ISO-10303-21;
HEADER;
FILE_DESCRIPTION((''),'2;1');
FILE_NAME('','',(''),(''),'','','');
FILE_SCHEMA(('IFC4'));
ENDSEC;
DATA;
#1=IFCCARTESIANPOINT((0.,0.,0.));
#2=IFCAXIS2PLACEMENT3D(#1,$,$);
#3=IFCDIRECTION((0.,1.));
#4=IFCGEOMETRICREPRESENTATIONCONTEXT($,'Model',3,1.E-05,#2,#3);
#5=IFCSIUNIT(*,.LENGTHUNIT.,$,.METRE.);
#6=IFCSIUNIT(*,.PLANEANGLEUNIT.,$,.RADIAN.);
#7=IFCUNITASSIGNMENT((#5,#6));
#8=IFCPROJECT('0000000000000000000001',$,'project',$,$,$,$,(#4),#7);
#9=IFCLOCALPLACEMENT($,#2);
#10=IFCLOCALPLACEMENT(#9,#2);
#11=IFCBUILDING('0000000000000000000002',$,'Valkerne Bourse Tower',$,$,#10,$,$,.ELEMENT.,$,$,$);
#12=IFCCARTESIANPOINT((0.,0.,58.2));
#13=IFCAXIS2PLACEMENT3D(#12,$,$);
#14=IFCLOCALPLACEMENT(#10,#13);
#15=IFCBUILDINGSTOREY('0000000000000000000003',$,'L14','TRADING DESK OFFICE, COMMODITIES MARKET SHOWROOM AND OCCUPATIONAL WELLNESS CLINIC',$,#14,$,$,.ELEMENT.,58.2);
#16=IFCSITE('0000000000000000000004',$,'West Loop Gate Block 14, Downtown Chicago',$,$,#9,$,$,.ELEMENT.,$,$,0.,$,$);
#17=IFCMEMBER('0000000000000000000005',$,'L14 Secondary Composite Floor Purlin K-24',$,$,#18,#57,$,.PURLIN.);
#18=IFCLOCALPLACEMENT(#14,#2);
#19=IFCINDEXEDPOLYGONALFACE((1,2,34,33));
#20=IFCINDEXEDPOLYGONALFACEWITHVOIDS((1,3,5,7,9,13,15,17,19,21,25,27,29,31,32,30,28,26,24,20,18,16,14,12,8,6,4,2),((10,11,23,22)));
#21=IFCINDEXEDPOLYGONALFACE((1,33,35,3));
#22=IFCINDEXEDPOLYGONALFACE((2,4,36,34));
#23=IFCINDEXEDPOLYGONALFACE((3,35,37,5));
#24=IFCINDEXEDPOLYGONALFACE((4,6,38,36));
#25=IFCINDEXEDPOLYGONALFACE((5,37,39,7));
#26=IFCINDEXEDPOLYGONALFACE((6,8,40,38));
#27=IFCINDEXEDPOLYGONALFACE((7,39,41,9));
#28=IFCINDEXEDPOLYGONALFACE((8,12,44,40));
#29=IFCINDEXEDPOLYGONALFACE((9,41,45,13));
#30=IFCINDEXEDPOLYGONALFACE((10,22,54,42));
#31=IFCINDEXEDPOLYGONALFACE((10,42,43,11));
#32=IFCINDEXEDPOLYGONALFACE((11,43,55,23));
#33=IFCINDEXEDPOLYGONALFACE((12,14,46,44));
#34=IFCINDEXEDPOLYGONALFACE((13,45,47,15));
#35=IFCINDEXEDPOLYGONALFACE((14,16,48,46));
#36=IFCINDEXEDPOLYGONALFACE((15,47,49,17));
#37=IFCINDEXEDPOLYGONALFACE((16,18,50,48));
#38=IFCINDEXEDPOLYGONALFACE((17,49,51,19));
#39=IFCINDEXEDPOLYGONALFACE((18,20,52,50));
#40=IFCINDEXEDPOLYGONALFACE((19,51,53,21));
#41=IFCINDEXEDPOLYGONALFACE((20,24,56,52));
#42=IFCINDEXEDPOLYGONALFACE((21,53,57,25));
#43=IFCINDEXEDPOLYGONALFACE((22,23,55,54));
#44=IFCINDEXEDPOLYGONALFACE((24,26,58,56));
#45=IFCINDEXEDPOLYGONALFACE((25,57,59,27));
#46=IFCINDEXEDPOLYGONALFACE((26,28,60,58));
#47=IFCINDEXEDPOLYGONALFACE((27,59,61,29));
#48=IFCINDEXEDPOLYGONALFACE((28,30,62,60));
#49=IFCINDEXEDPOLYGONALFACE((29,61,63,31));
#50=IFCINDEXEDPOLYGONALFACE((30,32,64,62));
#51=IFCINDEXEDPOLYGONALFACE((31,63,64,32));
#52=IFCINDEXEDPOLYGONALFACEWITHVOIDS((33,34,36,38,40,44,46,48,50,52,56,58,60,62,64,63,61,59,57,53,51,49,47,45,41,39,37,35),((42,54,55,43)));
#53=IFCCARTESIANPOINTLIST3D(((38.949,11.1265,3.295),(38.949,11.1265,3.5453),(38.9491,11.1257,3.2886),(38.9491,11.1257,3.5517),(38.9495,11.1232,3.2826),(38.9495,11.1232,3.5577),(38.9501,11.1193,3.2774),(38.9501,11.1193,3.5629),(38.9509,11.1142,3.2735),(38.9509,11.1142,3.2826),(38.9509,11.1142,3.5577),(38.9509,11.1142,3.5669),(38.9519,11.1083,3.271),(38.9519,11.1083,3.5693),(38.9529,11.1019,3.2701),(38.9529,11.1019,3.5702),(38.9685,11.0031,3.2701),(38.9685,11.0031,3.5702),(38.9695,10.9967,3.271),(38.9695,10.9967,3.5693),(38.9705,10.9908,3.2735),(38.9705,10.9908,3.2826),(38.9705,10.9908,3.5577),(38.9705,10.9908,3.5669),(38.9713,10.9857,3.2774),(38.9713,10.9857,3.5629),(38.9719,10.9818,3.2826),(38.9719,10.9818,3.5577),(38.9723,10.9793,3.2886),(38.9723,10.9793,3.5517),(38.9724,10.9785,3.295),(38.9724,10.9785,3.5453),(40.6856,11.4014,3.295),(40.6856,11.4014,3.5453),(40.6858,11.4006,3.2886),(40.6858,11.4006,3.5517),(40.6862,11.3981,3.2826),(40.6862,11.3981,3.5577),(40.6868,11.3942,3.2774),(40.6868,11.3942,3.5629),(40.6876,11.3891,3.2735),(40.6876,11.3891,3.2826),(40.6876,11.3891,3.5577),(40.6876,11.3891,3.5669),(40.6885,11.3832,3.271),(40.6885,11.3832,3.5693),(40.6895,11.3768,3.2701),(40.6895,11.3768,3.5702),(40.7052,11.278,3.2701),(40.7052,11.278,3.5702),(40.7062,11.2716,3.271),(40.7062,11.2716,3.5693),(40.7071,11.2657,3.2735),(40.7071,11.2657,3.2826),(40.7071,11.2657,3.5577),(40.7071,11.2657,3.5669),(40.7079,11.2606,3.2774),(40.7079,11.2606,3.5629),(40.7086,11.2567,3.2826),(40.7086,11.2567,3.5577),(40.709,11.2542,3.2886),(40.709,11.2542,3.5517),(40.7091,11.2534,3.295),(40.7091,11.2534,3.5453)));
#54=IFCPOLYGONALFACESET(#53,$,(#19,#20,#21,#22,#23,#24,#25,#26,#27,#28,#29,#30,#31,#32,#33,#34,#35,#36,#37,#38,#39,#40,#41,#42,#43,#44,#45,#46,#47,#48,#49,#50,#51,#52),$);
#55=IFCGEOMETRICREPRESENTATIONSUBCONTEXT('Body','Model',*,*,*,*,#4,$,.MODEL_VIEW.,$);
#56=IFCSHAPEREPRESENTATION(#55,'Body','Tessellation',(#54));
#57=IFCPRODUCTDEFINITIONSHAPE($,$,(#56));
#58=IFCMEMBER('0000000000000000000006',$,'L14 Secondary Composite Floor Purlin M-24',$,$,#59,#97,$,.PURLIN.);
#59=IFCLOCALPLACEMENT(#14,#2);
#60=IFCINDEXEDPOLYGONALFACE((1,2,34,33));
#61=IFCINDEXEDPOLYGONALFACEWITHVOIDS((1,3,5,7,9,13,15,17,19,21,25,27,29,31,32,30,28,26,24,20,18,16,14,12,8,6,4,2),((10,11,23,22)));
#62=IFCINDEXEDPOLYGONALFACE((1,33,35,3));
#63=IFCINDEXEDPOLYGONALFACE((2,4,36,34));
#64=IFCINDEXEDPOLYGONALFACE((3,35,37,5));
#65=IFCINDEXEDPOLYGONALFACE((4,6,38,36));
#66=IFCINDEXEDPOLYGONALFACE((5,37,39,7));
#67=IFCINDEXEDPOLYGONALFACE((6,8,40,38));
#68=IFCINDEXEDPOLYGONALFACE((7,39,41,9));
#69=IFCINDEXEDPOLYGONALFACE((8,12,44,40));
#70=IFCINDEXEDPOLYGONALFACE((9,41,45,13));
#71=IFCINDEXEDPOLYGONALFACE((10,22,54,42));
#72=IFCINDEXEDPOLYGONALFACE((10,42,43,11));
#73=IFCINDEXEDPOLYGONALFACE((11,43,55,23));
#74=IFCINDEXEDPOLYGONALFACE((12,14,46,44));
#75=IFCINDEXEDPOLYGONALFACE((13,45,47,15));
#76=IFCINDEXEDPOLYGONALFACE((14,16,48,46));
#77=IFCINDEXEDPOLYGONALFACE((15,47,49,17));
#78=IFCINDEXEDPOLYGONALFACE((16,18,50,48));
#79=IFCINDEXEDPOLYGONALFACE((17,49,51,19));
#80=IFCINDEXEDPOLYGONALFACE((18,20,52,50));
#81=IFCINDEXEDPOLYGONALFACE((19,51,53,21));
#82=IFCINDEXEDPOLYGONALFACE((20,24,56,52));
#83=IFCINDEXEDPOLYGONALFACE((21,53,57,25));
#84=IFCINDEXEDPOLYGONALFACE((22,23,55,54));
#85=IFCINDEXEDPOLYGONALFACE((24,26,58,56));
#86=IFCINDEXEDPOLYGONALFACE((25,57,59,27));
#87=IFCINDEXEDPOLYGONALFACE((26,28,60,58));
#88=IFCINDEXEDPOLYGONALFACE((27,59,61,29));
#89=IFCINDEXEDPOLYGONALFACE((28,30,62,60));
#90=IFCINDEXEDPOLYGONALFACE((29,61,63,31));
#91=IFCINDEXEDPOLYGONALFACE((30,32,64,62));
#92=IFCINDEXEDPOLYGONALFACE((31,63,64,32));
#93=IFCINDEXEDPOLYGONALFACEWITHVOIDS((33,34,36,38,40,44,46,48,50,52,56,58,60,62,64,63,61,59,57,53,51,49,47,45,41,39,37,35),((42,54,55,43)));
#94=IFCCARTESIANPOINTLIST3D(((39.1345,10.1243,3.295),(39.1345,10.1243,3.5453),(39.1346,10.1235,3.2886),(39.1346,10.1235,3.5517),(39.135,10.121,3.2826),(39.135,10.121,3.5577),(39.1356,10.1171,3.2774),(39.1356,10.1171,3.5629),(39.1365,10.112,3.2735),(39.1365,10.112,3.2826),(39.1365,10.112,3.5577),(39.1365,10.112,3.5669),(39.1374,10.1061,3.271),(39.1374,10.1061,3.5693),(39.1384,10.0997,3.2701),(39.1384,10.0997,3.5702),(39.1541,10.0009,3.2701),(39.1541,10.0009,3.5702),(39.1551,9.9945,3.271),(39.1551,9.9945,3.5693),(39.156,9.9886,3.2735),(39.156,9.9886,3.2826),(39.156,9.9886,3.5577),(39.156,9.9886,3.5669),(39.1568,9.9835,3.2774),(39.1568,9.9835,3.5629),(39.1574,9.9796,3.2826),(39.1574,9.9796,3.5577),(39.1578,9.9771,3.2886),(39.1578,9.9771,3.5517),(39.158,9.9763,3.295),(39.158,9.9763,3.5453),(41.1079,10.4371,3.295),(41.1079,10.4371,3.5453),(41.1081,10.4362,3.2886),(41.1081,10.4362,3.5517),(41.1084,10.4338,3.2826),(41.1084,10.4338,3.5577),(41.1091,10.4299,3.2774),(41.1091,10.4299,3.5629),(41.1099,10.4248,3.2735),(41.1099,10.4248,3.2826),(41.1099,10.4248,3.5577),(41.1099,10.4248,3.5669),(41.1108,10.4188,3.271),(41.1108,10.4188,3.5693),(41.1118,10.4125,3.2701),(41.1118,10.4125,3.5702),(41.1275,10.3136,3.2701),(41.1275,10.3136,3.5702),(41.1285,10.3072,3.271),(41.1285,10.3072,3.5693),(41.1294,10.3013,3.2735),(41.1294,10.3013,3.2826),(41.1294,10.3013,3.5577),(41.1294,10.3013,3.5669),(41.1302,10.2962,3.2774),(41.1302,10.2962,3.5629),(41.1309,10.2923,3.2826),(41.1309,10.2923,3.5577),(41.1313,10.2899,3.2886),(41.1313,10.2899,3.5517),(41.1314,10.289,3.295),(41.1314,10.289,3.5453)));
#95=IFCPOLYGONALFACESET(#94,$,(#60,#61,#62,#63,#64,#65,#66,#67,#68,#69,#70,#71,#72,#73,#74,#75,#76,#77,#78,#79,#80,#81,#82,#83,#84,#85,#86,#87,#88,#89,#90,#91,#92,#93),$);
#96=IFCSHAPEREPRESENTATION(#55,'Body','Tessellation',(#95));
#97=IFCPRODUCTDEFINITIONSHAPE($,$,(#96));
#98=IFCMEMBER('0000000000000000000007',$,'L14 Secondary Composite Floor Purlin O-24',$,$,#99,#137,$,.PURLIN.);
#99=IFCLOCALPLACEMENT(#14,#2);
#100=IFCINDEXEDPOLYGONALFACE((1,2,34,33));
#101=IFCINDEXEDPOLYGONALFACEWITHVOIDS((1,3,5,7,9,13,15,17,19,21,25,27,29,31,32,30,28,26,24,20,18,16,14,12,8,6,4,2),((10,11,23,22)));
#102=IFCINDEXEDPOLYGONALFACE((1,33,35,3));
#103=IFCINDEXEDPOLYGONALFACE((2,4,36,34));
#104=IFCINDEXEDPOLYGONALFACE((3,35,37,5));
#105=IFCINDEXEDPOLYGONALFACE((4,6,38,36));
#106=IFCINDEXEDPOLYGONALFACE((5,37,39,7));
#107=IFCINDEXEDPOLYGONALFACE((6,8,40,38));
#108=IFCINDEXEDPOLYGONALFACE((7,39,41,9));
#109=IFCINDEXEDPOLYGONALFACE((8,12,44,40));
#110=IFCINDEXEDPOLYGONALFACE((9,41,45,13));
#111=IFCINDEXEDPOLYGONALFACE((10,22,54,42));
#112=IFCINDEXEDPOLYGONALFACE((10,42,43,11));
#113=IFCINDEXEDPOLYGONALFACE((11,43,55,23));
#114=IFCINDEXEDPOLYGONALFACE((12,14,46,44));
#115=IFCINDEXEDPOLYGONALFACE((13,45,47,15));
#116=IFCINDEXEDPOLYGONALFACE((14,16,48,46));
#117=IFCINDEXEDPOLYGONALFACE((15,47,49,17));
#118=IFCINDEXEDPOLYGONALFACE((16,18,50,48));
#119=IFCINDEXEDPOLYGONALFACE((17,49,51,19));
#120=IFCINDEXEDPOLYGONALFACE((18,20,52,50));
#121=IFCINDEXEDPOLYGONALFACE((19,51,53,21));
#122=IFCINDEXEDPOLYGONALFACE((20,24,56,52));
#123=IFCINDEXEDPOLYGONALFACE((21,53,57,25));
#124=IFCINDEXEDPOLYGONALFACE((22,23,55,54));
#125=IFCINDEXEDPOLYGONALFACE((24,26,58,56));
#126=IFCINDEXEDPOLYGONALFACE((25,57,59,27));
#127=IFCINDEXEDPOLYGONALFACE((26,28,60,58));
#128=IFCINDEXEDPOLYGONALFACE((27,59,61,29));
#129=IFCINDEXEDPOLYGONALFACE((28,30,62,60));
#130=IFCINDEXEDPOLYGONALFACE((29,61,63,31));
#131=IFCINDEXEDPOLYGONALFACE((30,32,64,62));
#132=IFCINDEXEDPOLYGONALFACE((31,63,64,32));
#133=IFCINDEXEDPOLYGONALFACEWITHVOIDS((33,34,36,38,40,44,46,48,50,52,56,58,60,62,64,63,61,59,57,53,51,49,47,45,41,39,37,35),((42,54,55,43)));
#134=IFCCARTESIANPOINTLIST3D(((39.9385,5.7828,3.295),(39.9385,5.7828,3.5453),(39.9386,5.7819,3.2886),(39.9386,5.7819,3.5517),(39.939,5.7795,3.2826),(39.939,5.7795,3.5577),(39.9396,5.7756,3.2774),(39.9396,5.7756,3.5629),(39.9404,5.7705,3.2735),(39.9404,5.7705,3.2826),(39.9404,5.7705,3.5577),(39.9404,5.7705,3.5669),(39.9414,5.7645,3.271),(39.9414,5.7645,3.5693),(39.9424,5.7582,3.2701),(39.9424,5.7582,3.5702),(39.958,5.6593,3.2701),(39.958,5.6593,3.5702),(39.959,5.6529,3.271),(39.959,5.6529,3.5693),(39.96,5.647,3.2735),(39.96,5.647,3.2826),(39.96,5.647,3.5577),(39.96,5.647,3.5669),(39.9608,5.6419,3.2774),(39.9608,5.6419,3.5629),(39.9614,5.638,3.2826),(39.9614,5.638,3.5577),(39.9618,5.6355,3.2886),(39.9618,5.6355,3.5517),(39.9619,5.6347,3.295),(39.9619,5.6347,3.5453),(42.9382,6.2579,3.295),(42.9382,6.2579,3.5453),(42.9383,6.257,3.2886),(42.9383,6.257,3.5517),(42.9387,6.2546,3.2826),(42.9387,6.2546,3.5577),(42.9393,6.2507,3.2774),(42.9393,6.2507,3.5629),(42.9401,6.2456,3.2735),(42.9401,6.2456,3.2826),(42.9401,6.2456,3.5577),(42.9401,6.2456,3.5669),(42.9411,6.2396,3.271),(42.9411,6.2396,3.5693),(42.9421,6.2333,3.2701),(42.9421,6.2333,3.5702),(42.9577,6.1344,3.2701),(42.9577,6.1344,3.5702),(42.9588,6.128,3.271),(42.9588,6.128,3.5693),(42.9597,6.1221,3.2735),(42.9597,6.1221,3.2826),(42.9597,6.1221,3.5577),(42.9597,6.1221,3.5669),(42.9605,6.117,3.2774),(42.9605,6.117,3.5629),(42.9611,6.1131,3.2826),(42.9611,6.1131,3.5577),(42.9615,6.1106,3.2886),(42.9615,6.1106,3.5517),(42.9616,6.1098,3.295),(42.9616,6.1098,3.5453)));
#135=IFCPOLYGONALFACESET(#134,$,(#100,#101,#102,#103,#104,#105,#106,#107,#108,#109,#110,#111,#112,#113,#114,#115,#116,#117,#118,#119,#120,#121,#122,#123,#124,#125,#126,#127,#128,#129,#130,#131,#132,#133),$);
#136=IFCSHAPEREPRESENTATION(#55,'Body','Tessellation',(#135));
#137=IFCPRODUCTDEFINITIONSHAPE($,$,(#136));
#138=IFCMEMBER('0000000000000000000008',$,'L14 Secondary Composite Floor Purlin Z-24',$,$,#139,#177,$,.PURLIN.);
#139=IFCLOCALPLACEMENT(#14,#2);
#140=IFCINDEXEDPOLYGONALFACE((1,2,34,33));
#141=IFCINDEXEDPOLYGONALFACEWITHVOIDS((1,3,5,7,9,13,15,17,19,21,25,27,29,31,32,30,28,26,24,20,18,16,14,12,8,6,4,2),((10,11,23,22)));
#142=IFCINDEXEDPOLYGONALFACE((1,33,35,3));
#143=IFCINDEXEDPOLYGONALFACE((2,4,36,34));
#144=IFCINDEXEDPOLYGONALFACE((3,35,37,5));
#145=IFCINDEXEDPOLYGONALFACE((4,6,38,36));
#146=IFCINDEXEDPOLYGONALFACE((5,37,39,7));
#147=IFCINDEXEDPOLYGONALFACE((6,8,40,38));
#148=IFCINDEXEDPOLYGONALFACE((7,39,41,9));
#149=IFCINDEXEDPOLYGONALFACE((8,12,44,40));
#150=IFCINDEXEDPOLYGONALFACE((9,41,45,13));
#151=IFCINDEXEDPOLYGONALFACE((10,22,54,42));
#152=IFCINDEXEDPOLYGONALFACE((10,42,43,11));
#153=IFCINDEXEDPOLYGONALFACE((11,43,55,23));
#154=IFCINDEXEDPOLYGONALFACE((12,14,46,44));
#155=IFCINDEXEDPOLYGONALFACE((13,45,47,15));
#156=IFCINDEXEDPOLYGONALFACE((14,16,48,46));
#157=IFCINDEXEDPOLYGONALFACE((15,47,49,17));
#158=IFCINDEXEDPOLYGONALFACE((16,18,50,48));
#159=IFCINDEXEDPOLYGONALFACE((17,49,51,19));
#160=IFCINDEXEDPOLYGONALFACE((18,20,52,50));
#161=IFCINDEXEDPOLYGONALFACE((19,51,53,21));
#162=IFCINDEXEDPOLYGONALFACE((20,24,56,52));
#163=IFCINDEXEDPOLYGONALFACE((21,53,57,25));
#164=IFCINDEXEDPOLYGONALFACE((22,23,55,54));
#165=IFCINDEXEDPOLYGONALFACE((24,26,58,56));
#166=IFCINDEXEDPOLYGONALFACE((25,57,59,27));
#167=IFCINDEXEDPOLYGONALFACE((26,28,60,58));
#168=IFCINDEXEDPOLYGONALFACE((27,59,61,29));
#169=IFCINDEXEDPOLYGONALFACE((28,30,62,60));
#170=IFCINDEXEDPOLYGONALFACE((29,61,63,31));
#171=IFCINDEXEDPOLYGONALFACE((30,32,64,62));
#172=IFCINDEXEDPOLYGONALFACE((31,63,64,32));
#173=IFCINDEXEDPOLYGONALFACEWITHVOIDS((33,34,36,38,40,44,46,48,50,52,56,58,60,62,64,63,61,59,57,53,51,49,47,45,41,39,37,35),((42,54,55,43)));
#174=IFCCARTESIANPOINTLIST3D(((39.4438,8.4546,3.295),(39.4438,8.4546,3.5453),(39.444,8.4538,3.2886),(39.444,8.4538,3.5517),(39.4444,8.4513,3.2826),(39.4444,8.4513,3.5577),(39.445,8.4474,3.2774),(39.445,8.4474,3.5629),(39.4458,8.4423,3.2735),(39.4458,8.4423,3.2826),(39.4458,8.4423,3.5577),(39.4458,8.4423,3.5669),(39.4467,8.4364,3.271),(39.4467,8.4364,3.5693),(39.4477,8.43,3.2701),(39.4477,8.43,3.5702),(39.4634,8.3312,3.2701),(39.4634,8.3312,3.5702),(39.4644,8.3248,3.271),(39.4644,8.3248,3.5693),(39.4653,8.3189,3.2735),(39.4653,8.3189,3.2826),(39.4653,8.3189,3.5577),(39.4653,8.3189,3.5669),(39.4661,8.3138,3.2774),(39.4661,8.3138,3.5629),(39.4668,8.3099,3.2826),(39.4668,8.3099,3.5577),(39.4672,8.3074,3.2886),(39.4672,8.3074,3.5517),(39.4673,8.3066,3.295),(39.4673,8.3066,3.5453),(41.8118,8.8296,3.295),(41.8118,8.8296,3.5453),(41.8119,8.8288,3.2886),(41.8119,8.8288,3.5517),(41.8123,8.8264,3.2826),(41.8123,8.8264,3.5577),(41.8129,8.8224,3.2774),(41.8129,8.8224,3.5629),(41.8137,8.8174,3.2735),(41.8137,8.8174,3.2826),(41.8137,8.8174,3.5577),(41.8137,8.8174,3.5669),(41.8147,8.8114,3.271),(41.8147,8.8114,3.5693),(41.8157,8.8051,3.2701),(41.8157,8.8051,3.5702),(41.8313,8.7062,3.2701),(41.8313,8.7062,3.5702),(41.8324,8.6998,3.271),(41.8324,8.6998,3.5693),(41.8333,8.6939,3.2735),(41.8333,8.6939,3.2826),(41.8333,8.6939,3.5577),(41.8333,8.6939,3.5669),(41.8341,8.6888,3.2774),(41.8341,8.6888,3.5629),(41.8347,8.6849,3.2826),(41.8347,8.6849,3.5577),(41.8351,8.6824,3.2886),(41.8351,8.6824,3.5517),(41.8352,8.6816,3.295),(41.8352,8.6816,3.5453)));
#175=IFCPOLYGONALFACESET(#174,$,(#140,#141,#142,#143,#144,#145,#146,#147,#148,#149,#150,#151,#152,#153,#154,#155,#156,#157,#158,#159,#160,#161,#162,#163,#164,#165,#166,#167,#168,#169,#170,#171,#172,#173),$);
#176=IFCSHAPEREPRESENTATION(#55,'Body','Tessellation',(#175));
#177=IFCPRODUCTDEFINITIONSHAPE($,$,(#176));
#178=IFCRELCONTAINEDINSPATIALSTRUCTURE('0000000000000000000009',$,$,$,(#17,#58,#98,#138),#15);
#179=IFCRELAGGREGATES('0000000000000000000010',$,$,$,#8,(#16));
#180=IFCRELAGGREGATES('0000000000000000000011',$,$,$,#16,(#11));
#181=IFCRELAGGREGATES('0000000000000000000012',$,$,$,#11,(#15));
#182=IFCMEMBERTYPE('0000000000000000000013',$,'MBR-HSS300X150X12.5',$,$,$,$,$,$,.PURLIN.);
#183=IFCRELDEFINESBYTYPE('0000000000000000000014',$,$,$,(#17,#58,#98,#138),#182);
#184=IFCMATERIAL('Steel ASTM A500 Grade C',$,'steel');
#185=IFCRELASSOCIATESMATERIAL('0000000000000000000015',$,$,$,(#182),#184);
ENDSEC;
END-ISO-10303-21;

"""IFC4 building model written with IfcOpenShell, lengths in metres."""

from ifc_helpers import new_model, si_unit, direction, frame, origin, origin_2d, place, context, subcontext, project, spatial, hollow_rectangle, extrude, material, material_profile, profile_set, type_object, element, save


model = new_model("IFC4")

# Units and contexts
model_context = context("Model", 3, precision=1e-05, world=origin(), true_north=direction((0.0, 1.0)))
body_context = subcontext(model_context, "Body", "Model", "MODEL_VIEW")
ifc_project = project(units=[si_unit("LENGTHUNIT", "METRE"), si_unit("PLANEANGLEUNIT", "RADIAN")], contexts=[model_context])

# Site, building, storey
site_placement = place(None, origin())
site = spatial("IfcSite", under=ifc_project, at=site_placement, Name="West Loop Gate Block 14, Downtown Chicago", CompositionType="ELEMENT", RefElevation=0.0)
building_placement = place(site_placement, origin())
building = spatial("IfcBuilding", under=site, at=building_placement, Name="Valkerne Bourse Tower", CompositionType="ELEMENT")
storey_placement = place(building_placement, frame((0.0, 0.0, 58.2)))
storey = spatial("IfcBuildingStorey", under=building, at=storey_placement, Name="L14", Description="TRADING DESK OFFICE, COMMODITIES MARKET SHOWROOM AND OCCUPATIONAL WELLNESS CLINIC", CompositionType="ELEMENT", Elevation=58.2)

# Members
ifc_material_1 = material(Name="Steel ASTM A500 Grade C", Category="steel")
ifc_material_profile_1 = material_profile(ifc_material_1, hollow_rectangle(XDim=0.1499, YDim=0.3, WallThickness=0.0125, OuterFilletRadius=0.0249, at=origin_2d()), Name="HSS300X150X12.5")
ifc_profile_set_1 = profile_set([ifc_material_profile_1], Name="Steel ASTM A500 Grade C")
member_type_1 = type_object("IfcMemberType", Name="MBR-HSS300X150X12.5", PredefinedType="PURLIN", material=ifc_profile_set_1)
member_1_placement = place(storey_placement, frame((38.9607, 11.0525, 3.4202), z_axis=(0.987701, 0.156355, 0.0), x_axis=(-0.156355, 0.987701, 0.0)))
element("IfcMember", 1, at=member_1_placement, inside=storey, type_object=member_type_1, Name="L14 Secondary Composite Floor Purlin K-24", PredefinedType="PURLIN", context=body_context, shape_type="SweptSolid", body=[
    extrude(hollow_rectangle(XDim=0.1499, YDim=0.3, WallThickness=0.0125, OuterFilletRadius=0.0249, at=origin_2d()), origin(), (0.0, 0.0, 1.0), 1.7583),
])
member_2_placement = place(storey_placement, frame((39.1462, 10.0503, 3.4202), z_axis=(0.987674, 0.156527, 0.0), x_axis=(-0.156527, 0.987674, 0.0)))
element("IfcMember", 2, at=member_2_placement, inside=storey, type_object=member_type_1, Name="L14 Secondary Composite Floor Purlin M-24", PredefinedType="PURLIN", context=body_context, shape_type="SweptSolid", body=[
    extrude(hollow_rectangle(XDim=0.1499, YDim=0.3, WallThickness=0.0125, OuterFilletRadius=0.0249, at=origin_2d()), origin(), (0.0, 0.0, 1.0), 1.998),
])
member_3_placement = place(storey_placement, frame((39.9502, 5.7087, 3.4202), z_axis=(0.987689, 0.156429, 0.0), x_axis=(-0.156429, 0.987689, 0.0)))
element("IfcMember", 3, at=member_3_placement, inside=storey, type_object=member_type_1, Name="L14 Secondary Composite Floor Purlin O-24", PredefinedType="PURLIN", context=body_context, shape_type="SweptSolid", body=[
    extrude(hollow_rectangle(XDim=0.1499, YDim=0.3, WallThickness=0.0125, OuterFilletRadius=0.0249, at=origin_2d()), origin(), (0.0, 0.0, 1.0), 3.0371),
])
member_4_placement = place(storey_placement, frame((39.4556, 8.3806, 3.4202), z_axis=(0.987691, 0.156418, 0.0), x_axis=(-0.156418, 0.987691, 0.0)))
element("IfcMember", 4, at=member_4_placement, inside=storey, type_object=member_type_1, Name="L14 Secondary Composite Floor Purlin Z-24", PredefinedType="PURLIN", context=body_context, shape_type="SweptSolid", body=[
    extrude(hollow_rectangle(XDim=0.1499, YDim=0.3, WallThickness=0.0125, OuterFilletRadius=0.0249, at=origin_2d()), origin(), (0.0, 0.0, 1.0), 2.3975),
])

save(model, "model.ifc")
